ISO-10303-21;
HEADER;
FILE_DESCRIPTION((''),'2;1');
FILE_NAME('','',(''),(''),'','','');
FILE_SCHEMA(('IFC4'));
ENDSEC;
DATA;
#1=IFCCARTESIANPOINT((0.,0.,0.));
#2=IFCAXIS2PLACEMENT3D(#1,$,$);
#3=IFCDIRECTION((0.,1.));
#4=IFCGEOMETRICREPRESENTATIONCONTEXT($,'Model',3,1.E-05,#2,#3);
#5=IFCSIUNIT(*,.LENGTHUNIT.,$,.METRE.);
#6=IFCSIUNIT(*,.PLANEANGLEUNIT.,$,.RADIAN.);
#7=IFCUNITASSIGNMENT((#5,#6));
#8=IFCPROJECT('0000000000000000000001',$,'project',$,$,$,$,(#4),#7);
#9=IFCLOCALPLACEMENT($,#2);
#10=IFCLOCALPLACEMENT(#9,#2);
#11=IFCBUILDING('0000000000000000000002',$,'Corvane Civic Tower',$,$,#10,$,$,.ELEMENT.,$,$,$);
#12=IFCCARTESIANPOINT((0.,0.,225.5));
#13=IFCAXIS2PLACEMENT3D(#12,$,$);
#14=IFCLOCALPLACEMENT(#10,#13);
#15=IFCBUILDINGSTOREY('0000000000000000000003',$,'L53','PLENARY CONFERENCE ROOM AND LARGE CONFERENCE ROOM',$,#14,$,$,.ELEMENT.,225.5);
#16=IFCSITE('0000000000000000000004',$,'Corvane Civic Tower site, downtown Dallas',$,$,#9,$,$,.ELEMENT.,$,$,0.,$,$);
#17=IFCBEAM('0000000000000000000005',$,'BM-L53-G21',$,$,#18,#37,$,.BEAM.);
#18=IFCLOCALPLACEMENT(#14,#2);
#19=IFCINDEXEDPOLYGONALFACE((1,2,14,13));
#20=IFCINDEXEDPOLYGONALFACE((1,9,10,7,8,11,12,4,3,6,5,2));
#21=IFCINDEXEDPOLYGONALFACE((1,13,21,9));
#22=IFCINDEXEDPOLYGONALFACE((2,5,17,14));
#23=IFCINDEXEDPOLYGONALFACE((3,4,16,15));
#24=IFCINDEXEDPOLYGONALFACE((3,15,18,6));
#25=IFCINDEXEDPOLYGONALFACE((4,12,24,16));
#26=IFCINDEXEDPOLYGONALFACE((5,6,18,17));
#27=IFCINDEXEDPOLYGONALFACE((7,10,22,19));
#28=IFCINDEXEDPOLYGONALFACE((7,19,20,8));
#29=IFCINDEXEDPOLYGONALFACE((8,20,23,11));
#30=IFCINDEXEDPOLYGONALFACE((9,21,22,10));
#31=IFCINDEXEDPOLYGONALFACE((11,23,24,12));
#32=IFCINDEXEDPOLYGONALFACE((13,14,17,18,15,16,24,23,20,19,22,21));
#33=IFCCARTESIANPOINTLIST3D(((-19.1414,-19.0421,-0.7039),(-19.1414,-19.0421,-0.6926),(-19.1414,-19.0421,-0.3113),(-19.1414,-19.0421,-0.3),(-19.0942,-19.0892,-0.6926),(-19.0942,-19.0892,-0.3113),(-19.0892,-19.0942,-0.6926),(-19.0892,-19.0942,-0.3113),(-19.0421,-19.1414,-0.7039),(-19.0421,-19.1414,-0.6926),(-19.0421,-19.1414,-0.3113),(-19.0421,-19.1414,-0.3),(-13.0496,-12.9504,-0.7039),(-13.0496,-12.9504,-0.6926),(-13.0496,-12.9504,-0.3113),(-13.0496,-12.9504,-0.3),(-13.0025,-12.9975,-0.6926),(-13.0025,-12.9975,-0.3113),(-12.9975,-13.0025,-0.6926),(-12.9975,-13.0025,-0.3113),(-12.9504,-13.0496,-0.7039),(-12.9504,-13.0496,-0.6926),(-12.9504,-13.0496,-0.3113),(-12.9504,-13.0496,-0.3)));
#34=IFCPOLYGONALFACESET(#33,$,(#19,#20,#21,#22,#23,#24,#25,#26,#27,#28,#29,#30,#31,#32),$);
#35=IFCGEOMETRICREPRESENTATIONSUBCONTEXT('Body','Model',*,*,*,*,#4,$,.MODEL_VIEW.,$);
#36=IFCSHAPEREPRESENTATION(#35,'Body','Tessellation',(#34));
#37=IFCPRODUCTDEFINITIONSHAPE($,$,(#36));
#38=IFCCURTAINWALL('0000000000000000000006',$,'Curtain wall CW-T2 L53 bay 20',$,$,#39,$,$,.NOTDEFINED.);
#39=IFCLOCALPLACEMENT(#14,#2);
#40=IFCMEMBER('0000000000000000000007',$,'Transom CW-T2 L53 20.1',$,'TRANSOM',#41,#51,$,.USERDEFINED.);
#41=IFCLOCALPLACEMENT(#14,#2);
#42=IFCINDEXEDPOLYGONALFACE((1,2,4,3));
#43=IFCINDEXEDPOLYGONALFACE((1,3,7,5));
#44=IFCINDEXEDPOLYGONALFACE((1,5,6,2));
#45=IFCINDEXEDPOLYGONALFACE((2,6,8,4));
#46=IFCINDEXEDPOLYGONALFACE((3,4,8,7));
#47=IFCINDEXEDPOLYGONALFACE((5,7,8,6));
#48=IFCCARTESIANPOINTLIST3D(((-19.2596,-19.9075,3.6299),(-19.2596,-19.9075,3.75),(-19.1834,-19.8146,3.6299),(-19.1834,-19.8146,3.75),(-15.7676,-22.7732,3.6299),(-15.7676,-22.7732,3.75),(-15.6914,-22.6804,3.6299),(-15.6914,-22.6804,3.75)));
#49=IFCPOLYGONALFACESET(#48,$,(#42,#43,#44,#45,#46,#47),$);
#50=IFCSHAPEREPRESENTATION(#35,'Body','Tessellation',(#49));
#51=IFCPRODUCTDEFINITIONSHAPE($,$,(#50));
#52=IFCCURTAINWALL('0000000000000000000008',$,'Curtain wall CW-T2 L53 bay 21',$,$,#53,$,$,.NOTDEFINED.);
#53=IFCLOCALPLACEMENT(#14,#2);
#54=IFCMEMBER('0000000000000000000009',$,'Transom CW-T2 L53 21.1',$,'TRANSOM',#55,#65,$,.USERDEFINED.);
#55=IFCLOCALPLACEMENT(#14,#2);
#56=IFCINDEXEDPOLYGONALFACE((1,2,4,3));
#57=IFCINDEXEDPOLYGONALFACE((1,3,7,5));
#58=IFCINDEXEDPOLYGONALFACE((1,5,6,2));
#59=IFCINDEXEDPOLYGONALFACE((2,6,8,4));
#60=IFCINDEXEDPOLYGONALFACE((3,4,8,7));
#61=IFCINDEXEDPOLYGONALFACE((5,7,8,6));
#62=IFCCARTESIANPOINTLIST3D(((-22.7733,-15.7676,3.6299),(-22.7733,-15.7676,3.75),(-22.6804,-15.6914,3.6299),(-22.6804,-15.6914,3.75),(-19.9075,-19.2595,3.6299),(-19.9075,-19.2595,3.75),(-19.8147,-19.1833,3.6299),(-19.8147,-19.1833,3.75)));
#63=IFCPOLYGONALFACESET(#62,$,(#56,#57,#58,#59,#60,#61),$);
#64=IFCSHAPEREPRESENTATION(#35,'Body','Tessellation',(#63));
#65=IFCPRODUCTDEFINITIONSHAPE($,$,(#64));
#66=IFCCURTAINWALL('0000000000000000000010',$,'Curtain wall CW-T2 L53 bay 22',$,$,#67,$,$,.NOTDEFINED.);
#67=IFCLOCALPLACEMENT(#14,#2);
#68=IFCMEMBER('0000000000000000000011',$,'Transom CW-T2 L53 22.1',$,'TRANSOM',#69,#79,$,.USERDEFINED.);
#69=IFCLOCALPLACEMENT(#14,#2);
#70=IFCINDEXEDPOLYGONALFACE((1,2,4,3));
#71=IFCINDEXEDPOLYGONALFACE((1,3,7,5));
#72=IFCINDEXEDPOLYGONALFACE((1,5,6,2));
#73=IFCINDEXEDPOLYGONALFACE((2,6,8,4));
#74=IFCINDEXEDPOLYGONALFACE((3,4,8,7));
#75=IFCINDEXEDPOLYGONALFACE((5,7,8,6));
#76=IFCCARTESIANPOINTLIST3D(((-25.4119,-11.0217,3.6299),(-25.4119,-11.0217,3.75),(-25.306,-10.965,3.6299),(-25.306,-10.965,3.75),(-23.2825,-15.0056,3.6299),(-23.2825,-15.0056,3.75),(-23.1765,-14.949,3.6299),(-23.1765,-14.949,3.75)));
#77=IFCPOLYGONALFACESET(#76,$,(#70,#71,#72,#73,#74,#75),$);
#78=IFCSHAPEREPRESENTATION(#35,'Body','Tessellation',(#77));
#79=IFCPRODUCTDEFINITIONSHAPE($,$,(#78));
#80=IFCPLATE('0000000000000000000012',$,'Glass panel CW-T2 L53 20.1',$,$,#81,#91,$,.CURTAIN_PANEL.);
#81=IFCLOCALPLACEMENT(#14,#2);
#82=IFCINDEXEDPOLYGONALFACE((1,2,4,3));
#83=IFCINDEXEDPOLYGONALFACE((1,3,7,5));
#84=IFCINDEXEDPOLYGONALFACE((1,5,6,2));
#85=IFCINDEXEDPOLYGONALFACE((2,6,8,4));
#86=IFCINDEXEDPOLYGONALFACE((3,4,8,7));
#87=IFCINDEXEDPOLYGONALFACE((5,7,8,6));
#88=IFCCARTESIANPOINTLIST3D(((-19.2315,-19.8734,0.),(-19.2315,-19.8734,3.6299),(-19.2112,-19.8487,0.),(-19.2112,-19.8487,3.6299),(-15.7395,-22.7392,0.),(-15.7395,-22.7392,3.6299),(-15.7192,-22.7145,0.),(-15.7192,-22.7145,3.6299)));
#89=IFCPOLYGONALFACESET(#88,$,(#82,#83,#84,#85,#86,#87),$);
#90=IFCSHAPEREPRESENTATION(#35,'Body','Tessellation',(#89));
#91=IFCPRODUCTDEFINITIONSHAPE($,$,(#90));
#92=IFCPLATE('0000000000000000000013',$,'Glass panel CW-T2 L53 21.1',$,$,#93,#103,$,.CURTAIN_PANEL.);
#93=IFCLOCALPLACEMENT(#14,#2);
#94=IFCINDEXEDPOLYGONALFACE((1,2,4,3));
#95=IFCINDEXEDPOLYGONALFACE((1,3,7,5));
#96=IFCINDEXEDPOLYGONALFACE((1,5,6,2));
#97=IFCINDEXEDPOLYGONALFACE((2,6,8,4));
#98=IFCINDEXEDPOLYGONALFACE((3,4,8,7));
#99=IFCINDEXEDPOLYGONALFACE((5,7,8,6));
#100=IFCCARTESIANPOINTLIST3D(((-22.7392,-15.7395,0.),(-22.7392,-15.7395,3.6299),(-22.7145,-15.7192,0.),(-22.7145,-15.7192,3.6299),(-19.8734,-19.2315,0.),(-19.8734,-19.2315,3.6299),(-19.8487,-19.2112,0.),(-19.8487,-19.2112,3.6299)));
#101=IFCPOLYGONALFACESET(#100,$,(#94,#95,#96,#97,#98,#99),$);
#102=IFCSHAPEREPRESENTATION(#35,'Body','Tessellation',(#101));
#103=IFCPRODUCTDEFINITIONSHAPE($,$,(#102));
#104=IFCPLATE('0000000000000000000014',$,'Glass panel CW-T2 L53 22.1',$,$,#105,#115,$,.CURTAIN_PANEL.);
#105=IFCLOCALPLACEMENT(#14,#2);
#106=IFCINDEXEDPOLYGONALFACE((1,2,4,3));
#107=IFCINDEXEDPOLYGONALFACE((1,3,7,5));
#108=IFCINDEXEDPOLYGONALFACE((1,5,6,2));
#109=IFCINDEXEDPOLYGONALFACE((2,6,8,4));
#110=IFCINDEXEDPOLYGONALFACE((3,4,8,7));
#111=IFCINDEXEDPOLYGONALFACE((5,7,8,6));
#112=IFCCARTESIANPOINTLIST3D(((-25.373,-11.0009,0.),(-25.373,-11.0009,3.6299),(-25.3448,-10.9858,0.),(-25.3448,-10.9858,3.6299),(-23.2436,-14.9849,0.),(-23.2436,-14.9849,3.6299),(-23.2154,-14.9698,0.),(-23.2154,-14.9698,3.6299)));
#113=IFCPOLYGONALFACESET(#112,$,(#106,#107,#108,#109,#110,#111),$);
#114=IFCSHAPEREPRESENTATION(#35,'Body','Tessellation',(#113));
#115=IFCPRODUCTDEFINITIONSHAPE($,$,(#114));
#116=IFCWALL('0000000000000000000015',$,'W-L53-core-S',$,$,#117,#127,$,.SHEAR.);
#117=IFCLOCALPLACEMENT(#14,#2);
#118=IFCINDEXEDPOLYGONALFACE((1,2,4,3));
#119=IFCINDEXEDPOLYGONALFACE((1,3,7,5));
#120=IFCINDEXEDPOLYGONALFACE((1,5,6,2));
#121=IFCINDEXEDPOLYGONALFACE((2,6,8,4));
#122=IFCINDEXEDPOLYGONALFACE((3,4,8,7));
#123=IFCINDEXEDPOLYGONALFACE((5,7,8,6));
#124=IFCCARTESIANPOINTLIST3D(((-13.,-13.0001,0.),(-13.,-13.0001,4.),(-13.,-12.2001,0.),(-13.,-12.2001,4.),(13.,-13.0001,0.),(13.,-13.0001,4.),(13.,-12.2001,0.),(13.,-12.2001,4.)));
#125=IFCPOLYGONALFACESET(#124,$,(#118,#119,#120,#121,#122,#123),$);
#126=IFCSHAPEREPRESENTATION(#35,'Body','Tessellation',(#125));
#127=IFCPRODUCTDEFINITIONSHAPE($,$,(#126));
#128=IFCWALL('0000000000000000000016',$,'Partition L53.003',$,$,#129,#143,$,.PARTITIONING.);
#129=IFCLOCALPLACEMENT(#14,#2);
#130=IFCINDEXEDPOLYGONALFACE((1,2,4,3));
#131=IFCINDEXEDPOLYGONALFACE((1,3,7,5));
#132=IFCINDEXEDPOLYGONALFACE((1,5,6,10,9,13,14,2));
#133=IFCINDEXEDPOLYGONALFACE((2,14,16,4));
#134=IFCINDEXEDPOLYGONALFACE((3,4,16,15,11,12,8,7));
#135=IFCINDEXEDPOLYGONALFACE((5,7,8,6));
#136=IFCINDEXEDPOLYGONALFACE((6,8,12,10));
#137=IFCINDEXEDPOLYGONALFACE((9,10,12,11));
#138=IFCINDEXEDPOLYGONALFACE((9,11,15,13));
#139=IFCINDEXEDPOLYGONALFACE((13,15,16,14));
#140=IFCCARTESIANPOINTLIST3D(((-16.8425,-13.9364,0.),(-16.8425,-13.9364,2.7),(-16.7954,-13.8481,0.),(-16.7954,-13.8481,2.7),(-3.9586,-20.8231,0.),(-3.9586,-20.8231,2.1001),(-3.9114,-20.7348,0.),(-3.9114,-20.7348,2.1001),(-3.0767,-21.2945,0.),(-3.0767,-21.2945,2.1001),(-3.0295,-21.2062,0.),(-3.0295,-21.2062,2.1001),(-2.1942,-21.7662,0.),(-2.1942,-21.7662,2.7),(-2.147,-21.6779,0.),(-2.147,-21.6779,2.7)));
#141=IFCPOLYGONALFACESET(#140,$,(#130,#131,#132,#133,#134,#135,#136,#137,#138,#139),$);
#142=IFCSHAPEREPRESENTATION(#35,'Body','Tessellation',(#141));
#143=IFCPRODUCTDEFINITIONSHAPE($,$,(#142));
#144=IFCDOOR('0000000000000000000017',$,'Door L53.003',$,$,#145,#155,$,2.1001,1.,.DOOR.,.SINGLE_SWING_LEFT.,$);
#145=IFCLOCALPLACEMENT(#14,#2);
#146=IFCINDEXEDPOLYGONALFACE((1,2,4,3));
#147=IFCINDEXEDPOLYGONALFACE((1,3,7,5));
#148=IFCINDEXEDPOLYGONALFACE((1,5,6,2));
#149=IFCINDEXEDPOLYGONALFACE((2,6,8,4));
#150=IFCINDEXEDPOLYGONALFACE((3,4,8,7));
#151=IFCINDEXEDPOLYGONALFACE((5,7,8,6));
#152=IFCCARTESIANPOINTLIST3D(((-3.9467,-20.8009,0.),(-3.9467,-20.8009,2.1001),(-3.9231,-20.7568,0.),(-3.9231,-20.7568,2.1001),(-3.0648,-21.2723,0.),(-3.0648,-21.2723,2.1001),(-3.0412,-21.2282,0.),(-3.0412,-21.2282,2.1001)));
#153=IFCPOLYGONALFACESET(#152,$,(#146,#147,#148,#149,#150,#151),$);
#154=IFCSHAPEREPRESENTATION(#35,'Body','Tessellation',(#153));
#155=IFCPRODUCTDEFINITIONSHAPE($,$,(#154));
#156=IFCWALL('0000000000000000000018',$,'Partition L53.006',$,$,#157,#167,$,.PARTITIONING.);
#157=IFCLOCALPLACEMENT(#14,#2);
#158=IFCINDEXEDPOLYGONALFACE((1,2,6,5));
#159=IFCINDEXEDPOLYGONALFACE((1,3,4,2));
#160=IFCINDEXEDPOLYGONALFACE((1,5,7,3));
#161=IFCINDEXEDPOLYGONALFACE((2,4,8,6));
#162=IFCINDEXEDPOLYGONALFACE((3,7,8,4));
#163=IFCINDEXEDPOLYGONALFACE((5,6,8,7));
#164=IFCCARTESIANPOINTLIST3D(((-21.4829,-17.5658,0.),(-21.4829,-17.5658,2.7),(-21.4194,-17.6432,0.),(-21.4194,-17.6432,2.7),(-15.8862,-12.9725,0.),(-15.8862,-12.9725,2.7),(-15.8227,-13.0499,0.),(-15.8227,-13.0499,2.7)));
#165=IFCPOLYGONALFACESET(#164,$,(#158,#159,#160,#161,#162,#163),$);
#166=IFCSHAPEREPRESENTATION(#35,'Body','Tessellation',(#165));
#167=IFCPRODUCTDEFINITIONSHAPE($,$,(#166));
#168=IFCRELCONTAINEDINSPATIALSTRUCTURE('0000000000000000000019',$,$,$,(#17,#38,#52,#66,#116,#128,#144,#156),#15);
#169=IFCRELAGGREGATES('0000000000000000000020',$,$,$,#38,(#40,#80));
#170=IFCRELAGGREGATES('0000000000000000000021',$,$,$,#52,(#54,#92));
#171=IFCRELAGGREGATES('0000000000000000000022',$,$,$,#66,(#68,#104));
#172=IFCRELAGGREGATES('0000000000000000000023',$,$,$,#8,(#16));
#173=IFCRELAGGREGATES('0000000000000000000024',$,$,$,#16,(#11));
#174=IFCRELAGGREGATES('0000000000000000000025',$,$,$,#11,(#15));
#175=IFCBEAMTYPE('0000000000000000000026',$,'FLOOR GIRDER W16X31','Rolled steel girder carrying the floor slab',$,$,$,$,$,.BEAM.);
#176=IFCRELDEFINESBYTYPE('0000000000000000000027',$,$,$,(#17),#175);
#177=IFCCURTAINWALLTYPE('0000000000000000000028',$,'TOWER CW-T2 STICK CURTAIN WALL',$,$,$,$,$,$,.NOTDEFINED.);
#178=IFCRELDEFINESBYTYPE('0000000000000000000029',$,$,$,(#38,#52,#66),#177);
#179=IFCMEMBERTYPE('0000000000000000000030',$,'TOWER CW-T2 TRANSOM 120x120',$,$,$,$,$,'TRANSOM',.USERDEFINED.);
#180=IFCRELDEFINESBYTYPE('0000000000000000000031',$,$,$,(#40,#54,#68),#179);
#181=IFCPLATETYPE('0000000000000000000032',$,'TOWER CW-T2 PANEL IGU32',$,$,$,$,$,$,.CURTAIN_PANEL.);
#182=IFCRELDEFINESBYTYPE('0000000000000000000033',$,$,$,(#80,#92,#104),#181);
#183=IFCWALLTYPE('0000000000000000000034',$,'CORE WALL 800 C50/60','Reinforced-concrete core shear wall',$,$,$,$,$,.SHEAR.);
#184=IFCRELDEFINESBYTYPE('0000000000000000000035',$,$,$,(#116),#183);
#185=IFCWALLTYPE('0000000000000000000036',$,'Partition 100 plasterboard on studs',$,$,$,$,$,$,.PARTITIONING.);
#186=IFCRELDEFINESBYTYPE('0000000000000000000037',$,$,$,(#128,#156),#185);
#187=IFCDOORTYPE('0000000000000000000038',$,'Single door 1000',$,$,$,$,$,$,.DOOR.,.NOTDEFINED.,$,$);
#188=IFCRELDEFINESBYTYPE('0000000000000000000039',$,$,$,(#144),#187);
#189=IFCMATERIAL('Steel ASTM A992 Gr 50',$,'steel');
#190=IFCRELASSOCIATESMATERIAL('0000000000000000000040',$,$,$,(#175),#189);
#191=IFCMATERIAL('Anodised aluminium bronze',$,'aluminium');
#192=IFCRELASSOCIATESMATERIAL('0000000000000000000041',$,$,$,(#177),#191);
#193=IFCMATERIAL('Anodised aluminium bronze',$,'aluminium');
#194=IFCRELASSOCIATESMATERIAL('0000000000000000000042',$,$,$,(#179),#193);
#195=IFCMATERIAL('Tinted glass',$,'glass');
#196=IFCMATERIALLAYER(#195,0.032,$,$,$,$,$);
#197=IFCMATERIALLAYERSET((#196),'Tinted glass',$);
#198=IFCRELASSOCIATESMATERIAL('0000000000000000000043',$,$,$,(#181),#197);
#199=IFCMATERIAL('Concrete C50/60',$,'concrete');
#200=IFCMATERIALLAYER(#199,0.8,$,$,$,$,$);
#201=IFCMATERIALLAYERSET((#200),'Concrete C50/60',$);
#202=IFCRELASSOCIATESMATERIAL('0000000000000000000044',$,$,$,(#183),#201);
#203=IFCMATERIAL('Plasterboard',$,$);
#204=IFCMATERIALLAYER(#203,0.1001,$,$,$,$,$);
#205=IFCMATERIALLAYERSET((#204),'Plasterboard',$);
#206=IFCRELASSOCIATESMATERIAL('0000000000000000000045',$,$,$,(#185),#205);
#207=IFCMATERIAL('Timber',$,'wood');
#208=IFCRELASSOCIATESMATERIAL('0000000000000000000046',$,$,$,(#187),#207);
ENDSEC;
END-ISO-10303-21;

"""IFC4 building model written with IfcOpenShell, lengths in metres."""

from ifc_helpers import new_model, si_unit, direction, frame, frame_2d, origin, origin_2d, place, context, subcontext, project, spatial, rectangle, i_section, extrude, material, layer, layer_set, material_profile, profile_set, type_object, element, fill, aggregate, save


model = new_model("IFC4")

# Units and contexts
model_context = context("Model", 3, precision=1e-05, world=origin(), true_north=direction((0.0, 1.0)))
body_context = subcontext(model_context, "Body", "Model", "MODEL_VIEW")
ifc_project = project(units=[si_unit("LENGTHUNIT", "METRE"), si_unit("PLANEANGLEUNIT", "RADIAN")], contexts=[model_context])

# Site, building, storey
site_placement = place(None, origin())
site = spatial("IfcSite", under=ifc_project, at=site_placement, Name="Corvane Civic Tower site, downtown Dallas", CompositionType="ELEMENT", RefElevation=0.0)
building_placement = place(site_placement, origin())
building = spatial("IfcBuilding", under=site, at=building_placement, Name="Corvane Civic Tower", CompositionType="ELEMENT")
storey_placement = place(building_placement, frame((0.0, 0.0, 225.5)))
storey = spatial("IfcBuildingStorey", under=building, at=storey_placement, Name="L53", Description="PLENARY CONFERENCE ROOM AND LARGE CONFERENCE ROOM", CompositionType="ELEMENT", Elevation=225.5)

# Beam
ifc_material_1 = material(Name="Steel ASTM A992 Gr 50", Category="steel")
ifc_material_profile_1 = material_profile(ifc_material_1, i_section(OverallWidth=0.1404, OverallDepth=0.4038, WebThickness=0.0071, FlangeThickness=0.0112, at=origin_2d()), Name="W16X31")
ifc_profile_set_1 = profile_set([ifc_material_profile_1], Name="Steel ASTM A992 Gr 50")
beam_type_1 = type_object("IfcBeamType", Name="FLOOR GIRDER W16X31", Description="Rolled steel girder carrying the floor slab", PredefinedType="BEAM", material=ifc_profile_set_1)
beam_placement = place(storey_placement, frame((-13.0, -13.0, -0.502), z_axis=(-0.707107, -0.707107, 0.0), x_axis=(0.707107, -0.707107, 0.0)))
element("IfcBeam", 1, at=beam_placement, inside=storey, type_object=beam_type_1, Name="BM-L53-G21", PredefinedType="BEAM", context=body_context, shape_type="SweptSolid", body=[
    extrude(i_section(OverallWidth=0.1404, OverallDepth=0.4038, WebThickness=0.0071, FlangeThickness=0.0112, at=origin_2d()), origin(), (0.0, 0.0, 1.0), 8.615),
])

# Curtain walls, members
ifc_material_2 = material(Name="Anodised aluminium bronze", Category="aluminium")
curtain_wall_type = type_object("IfcCurtainWallType", Name="TOWER CW-T2 STICK CURTAIN WALL", PredefinedType="NOTDEFINED", material=ifc_material_2)
curtain_wall_1_placement = place(storey_placement, origin())
curtain_wall_1 = element("IfcCurtainWall", 2, at=curtain_wall_1_placement, inside=storey, type_object=curtain_wall_type, Name="Curtain wall CW-T2 L53 bay 20", PredefinedType="NOTDEFINED")
ifc_material_3 = material(Name="Anodised aluminium bronze", Category="aluminium")
ifc_material_profile_2 = material_profile(ifc_material_3, rectangle(XDim=0.1201, YDim=0.1201, at=origin_2d()), Name="TOWER CW-T2 TRANSOM 120x120")
ifc_profile_set_2 = profile_set([ifc_material_profile_2], Name="Anodised aluminium bronze")
member_type = type_object("IfcMemberType", Name="TOWER CW-T2 TRANSOM 120x120", ElementType="TRANSOM", PredefinedType="USERDEFINED", material=ifc_profile_set_2)
member_1_placement = place(storey_placement, frame((-15.7295, -22.7268, 3.6899), z_axis=(-0.773015, 0.634388, 0.0), x_axis=(-0.634388, -0.773015, 0.0)))
member_1 = element("IfcMember", 3, at=member_1_placement, type_object=member_type, Name="Transom CW-T2 L53 20.1", ObjectType="TRANSOM", PredefinedType="USERDEFINED", context=body_context, shape_type="SweptSolid", body=[
    extrude(rectangle(XDim=0.1201, YDim=0.1201, at=origin_2d()), origin(), (0.0, 0.0, 1.0), 4.5173),
])
curtain_wall_2_placement = place(storey_placement, origin())
curtain_wall_2 = element("IfcCurtainWall", 4, at=curtain_wall_2_placement, inside=storey, type_object=curtain_wall_type, Name="Curtain wall CW-T2 L53 bay 21", PredefinedType="NOTDEFINED")
member_2_placement = place(storey_placement, frame((-19.8611, -19.2214, 3.6899), z_axis=(-0.634388, 0.773015, 0.0), x_axis=(-0.773015, -0.634388, 0.0)))
member_2 = element("IfcMember", 5, at=member_2_placement, type_object=member_type, Name="Transom CW-T2 L53 21.1", ObjectType="TRANSOM", PredefinedType="USERDEFINED", context=body_context, shape_type="SweptSolid", body=[
    extrude(rectangle(XDim=0.1201, YDim=0.1201, at=origin_2d()), origin(), (0.0, 0.0, 1.0), 4.5173),
])
curtain_wall_3_placement = place(storey_placement, origin())
curtain_wall_3 = element("IfcCurtainWall", 6, at=curtain_wall_3_placement, inside=storey, type_object=curtain_wall_type, Name="Curtain wall CW-T2 L53 bay 22", PredefinedType="NOTDEFINED")
member_3_placement = place(storey_placement, frame((-23.2295, -14.9773, 3.6899), z_axis=(-0.47139, 0.881925, 0.0), x_axis=(-0.881925, -0.47139, 0.0)))
member_3 = element("IfcMember", 7, at=member_3_placement, type_object=member_type, Name="Transom CW-T2 L53 22.1", ObjectType="TRANSOM", PredefinedType="USERDEFINED", context=body_context, shape_type="SweptSolid", body=[
    extrude(rectangle(XDim=0.1201, YDim=0.1201, at=origin_2d()), origin(), (0.0, 0.0, 1.0), 4.5173),
])

# Plates
ifc_material_4 = material(Name="Tinted glass", Category="glass")
ifc_layer_1 = layer(ifc_material_4, 0.032)
ifc_layer_set_1 = layer_set([ifc_layer_1], Name="Tinted glass")
plate_type = type_object("IfcPlateType", Name="TOWER CW-T2 PANEL IGU32", PredefinedType="CURTAIN_PANEL", material=ifc_layer_set_1)
plate_1_placement = place(storey_placement, frame((-17.4753, -21.2939, 0.0), z_axis=(0.0, 0.0, 1.0), x_axis=(-0.773012, 0.634391, 0.0)))
plate_1 = element("IfcPlate", 8, at=plate_1_placement, type_object=plate_type, Name="Glass panel CW-T2 L53 20.1", PredefinedType="CURTAIN_PANEL", context=body_context, shape_type="SweptSolid", body=[
    extrude(rectangle(XDim=4.5173, YDim=0.032, at=origin_2d()), origin(), (0.0, 0.0, 1.0), 3.6299),
])
aggregate(curtain_wall_1, [member_1, plate_1])
plate_2_placement = place(storey_placement, frame((-21.2939, -17.4753, 0.0), z_axis=(0.0, 0.0, 1.0), x_axis=(-0.634391, 0.773012, 0.0)))
plate_2 = element("IfcPlate", 9, at=plate_2_placement, type_object=plate_type, Name="Glass panel CW-T2 L53 21.1", PredefinedType="CURTAIN_PANEL", context=body_context, shape_type="SweptSolid", body=[
    extrude(rectangle(XDim=4.5173, YDim=0.032, at=origin_2d()), origin(), (0.0, 0.0, 1.0), 3.6299),
])
aggregate(curtain_wall_2, [member_2, plate_2])
plate_3_placement = place(storey_placement, frame((-24.2942, -12.9854, 0.0), z_axis=(0.0, 0.0, 1.0), x_axis=(-0.471398, 0.88192, 0.0)))
plate_3 = element("IfcPlate", 10, at=plate_3_placement, type_object=plate_type, Name="Glass panel CW-T2 L53 22.1", PredefinedType="CURTAIN_PANEL", context=body_context, shape_type="SweptSolid", body=[
    extrude(rectangle(XDim=4.5173, YDim=0.032, at=origin_2d()), origin(), (0.0, 0.0, 1.0), 3.6299),
])
aggregate(curtain_wall_3, [member_3, plate_3])

# Wall
ifc_material_5 = material(Name="Concrete C50/60", Category="concrete")
ifc_layer_2 = layer(ifc_material_5, 0.8)
ifc_layer_set_2 = layer_set([ifc_layer_2], Name="Concrete C50/60")
wall_type_1 = type_object("IfcWallType", Name="CORE WALL 800 C50/60", Description="Reinforced-concrete core shear wall", PredefinedType="SHEAR", material=ifc_layer_set_2)
wall_1_placement = place(storey_placement, frame((-13.0, -12.6001, 0.0), z_axis=(0.0, 0.0, 1.0), x_axis=(1.0, 0.0, 0.0)))
element("IfcWall", 11, at=wall_1_placement, inside=storey, type_object=wall_type_1, Name="W-L53-core-S", PredefinedType="SHEAR", context=body_context, shape_type="SweptSolid", body=[
    extrude(rectangle(XDim=26.0, YDim=0.8, at=frame_2d((13.0, 0.0))), origin(), (0.0, 0.0, 1.0), 4.0),
])

# Wall, opening, door
ifc_material_6 = material(Name="Plasterboard")
ifc_layer_3 = layer(ifc_material_6, 0.1001)
ifc_layer_set_3 = layer_set([ifc_layer_3], Name="Plasterboard")
wall_type_2 = type_object("IfcWallType", Name="Partition 100 plasterboard on studs", PredefinedType="PARTITIONING", material=ifc_layer_set_3)
wall_2_placement = place(storey_placement, frame((-16.8188, -13.8923, 0.0), z_axis=(0.0, 0.0, 1.0), x_axis=(0.881919, -0.471401, 0.0)))
wall_2 = element("IfcWall", 12, at=wall_2_placement, inside=storey, type_object=wall_type_2, Name="Partition L53.003", PredefinedType="PARTITIONING", context=body_context, shape_type="SweptSolid", body=[
    extrude(rectangle(XDim=16.6096, YDim=0.1001, at=frame_2d((8.3047, 0.0))), origin(), (0.0, 0.0, 1.0), 2.7),
])
opening_1_placement = place(wall_2_placement, frame((14.6089, 0.0, 0.0)))
opening_1 = element("IfcOpeningElement", 13, at=opening_1_placement, cuts=wall_2, PredefinedType="OPENING", context=body_context, shape_type="SweptSolid", body=[
    extrude(rectangle(XDim=1.0, YDim=2.1001, at=frame_2d((0.5, 1.05))), frame((0.0, 0.0601, 0.0), z_axis=(0.0, -1.0, 0.0), x_axis=(1.0, 0.0, 0.0)), (0.0, 0.0, 1.0), 0.1201),
])
ifc_material_7 = material(Name="Timber", Category="wood")
door_type_1 = type_object("IfcDoorType", Name="Single door 1000", OperationType="NOTDEFINED", PredefinedType="DOOR", material=ifc_material_7)
door_1_placement = place(opening_1_placement, frame((1.0, 0.0, 0.0), z_axis=(0.0, 0.0, 1.0), x_axis=(-1.0, 0.0, 0.0)))
door_1 = element("IfcDoor", 14, at=door_1_placement, inside=storey, type_object=door_type_1, Name="Door L53.003", OperationType="SINGLE_SWING_LEFT", OverallHeight=2.1001, OverallWidth=1.0, PredefinedType="DOOR", context=body_context, shape_type="SweptSolid", body=[
    extrude(rectangle(XDim=1.0, YDim=2.1001, at=frame_2d((0.5, 1.05))), frame((0.0, 0.0249, 0.0), z_axis=(0.0, -1.0, 0.0), x_axis=(1.0, 0.0, 0.0)), (0.0, 0.0, 1.0), 0.05),
])
fill(opening_1, door_1)

# Wall
wall_3_placement = place(storey_placement, frame((-21.4512, -17.6045, 0.0), z_axis=(0.0, 0.0, 1.0), x_axis=(0.772998, 0.634409, 0.0)))
element("IfcWall", 15, at=wall_3_placement, inside=storey, type_object=wall_type_2, Name="Partition L53.006", PredefinedType="PARTITIONING", context=body_context, shape_type="SweptSolid", body=[
    extrude(rectangle(XDim=7.2402, YDim=0.1001, at=frame_2d((3.6201, 0.0))), origin(), (0.0, 0.0, 1.0), 2.7),
])

save(model, "model.ifc")
